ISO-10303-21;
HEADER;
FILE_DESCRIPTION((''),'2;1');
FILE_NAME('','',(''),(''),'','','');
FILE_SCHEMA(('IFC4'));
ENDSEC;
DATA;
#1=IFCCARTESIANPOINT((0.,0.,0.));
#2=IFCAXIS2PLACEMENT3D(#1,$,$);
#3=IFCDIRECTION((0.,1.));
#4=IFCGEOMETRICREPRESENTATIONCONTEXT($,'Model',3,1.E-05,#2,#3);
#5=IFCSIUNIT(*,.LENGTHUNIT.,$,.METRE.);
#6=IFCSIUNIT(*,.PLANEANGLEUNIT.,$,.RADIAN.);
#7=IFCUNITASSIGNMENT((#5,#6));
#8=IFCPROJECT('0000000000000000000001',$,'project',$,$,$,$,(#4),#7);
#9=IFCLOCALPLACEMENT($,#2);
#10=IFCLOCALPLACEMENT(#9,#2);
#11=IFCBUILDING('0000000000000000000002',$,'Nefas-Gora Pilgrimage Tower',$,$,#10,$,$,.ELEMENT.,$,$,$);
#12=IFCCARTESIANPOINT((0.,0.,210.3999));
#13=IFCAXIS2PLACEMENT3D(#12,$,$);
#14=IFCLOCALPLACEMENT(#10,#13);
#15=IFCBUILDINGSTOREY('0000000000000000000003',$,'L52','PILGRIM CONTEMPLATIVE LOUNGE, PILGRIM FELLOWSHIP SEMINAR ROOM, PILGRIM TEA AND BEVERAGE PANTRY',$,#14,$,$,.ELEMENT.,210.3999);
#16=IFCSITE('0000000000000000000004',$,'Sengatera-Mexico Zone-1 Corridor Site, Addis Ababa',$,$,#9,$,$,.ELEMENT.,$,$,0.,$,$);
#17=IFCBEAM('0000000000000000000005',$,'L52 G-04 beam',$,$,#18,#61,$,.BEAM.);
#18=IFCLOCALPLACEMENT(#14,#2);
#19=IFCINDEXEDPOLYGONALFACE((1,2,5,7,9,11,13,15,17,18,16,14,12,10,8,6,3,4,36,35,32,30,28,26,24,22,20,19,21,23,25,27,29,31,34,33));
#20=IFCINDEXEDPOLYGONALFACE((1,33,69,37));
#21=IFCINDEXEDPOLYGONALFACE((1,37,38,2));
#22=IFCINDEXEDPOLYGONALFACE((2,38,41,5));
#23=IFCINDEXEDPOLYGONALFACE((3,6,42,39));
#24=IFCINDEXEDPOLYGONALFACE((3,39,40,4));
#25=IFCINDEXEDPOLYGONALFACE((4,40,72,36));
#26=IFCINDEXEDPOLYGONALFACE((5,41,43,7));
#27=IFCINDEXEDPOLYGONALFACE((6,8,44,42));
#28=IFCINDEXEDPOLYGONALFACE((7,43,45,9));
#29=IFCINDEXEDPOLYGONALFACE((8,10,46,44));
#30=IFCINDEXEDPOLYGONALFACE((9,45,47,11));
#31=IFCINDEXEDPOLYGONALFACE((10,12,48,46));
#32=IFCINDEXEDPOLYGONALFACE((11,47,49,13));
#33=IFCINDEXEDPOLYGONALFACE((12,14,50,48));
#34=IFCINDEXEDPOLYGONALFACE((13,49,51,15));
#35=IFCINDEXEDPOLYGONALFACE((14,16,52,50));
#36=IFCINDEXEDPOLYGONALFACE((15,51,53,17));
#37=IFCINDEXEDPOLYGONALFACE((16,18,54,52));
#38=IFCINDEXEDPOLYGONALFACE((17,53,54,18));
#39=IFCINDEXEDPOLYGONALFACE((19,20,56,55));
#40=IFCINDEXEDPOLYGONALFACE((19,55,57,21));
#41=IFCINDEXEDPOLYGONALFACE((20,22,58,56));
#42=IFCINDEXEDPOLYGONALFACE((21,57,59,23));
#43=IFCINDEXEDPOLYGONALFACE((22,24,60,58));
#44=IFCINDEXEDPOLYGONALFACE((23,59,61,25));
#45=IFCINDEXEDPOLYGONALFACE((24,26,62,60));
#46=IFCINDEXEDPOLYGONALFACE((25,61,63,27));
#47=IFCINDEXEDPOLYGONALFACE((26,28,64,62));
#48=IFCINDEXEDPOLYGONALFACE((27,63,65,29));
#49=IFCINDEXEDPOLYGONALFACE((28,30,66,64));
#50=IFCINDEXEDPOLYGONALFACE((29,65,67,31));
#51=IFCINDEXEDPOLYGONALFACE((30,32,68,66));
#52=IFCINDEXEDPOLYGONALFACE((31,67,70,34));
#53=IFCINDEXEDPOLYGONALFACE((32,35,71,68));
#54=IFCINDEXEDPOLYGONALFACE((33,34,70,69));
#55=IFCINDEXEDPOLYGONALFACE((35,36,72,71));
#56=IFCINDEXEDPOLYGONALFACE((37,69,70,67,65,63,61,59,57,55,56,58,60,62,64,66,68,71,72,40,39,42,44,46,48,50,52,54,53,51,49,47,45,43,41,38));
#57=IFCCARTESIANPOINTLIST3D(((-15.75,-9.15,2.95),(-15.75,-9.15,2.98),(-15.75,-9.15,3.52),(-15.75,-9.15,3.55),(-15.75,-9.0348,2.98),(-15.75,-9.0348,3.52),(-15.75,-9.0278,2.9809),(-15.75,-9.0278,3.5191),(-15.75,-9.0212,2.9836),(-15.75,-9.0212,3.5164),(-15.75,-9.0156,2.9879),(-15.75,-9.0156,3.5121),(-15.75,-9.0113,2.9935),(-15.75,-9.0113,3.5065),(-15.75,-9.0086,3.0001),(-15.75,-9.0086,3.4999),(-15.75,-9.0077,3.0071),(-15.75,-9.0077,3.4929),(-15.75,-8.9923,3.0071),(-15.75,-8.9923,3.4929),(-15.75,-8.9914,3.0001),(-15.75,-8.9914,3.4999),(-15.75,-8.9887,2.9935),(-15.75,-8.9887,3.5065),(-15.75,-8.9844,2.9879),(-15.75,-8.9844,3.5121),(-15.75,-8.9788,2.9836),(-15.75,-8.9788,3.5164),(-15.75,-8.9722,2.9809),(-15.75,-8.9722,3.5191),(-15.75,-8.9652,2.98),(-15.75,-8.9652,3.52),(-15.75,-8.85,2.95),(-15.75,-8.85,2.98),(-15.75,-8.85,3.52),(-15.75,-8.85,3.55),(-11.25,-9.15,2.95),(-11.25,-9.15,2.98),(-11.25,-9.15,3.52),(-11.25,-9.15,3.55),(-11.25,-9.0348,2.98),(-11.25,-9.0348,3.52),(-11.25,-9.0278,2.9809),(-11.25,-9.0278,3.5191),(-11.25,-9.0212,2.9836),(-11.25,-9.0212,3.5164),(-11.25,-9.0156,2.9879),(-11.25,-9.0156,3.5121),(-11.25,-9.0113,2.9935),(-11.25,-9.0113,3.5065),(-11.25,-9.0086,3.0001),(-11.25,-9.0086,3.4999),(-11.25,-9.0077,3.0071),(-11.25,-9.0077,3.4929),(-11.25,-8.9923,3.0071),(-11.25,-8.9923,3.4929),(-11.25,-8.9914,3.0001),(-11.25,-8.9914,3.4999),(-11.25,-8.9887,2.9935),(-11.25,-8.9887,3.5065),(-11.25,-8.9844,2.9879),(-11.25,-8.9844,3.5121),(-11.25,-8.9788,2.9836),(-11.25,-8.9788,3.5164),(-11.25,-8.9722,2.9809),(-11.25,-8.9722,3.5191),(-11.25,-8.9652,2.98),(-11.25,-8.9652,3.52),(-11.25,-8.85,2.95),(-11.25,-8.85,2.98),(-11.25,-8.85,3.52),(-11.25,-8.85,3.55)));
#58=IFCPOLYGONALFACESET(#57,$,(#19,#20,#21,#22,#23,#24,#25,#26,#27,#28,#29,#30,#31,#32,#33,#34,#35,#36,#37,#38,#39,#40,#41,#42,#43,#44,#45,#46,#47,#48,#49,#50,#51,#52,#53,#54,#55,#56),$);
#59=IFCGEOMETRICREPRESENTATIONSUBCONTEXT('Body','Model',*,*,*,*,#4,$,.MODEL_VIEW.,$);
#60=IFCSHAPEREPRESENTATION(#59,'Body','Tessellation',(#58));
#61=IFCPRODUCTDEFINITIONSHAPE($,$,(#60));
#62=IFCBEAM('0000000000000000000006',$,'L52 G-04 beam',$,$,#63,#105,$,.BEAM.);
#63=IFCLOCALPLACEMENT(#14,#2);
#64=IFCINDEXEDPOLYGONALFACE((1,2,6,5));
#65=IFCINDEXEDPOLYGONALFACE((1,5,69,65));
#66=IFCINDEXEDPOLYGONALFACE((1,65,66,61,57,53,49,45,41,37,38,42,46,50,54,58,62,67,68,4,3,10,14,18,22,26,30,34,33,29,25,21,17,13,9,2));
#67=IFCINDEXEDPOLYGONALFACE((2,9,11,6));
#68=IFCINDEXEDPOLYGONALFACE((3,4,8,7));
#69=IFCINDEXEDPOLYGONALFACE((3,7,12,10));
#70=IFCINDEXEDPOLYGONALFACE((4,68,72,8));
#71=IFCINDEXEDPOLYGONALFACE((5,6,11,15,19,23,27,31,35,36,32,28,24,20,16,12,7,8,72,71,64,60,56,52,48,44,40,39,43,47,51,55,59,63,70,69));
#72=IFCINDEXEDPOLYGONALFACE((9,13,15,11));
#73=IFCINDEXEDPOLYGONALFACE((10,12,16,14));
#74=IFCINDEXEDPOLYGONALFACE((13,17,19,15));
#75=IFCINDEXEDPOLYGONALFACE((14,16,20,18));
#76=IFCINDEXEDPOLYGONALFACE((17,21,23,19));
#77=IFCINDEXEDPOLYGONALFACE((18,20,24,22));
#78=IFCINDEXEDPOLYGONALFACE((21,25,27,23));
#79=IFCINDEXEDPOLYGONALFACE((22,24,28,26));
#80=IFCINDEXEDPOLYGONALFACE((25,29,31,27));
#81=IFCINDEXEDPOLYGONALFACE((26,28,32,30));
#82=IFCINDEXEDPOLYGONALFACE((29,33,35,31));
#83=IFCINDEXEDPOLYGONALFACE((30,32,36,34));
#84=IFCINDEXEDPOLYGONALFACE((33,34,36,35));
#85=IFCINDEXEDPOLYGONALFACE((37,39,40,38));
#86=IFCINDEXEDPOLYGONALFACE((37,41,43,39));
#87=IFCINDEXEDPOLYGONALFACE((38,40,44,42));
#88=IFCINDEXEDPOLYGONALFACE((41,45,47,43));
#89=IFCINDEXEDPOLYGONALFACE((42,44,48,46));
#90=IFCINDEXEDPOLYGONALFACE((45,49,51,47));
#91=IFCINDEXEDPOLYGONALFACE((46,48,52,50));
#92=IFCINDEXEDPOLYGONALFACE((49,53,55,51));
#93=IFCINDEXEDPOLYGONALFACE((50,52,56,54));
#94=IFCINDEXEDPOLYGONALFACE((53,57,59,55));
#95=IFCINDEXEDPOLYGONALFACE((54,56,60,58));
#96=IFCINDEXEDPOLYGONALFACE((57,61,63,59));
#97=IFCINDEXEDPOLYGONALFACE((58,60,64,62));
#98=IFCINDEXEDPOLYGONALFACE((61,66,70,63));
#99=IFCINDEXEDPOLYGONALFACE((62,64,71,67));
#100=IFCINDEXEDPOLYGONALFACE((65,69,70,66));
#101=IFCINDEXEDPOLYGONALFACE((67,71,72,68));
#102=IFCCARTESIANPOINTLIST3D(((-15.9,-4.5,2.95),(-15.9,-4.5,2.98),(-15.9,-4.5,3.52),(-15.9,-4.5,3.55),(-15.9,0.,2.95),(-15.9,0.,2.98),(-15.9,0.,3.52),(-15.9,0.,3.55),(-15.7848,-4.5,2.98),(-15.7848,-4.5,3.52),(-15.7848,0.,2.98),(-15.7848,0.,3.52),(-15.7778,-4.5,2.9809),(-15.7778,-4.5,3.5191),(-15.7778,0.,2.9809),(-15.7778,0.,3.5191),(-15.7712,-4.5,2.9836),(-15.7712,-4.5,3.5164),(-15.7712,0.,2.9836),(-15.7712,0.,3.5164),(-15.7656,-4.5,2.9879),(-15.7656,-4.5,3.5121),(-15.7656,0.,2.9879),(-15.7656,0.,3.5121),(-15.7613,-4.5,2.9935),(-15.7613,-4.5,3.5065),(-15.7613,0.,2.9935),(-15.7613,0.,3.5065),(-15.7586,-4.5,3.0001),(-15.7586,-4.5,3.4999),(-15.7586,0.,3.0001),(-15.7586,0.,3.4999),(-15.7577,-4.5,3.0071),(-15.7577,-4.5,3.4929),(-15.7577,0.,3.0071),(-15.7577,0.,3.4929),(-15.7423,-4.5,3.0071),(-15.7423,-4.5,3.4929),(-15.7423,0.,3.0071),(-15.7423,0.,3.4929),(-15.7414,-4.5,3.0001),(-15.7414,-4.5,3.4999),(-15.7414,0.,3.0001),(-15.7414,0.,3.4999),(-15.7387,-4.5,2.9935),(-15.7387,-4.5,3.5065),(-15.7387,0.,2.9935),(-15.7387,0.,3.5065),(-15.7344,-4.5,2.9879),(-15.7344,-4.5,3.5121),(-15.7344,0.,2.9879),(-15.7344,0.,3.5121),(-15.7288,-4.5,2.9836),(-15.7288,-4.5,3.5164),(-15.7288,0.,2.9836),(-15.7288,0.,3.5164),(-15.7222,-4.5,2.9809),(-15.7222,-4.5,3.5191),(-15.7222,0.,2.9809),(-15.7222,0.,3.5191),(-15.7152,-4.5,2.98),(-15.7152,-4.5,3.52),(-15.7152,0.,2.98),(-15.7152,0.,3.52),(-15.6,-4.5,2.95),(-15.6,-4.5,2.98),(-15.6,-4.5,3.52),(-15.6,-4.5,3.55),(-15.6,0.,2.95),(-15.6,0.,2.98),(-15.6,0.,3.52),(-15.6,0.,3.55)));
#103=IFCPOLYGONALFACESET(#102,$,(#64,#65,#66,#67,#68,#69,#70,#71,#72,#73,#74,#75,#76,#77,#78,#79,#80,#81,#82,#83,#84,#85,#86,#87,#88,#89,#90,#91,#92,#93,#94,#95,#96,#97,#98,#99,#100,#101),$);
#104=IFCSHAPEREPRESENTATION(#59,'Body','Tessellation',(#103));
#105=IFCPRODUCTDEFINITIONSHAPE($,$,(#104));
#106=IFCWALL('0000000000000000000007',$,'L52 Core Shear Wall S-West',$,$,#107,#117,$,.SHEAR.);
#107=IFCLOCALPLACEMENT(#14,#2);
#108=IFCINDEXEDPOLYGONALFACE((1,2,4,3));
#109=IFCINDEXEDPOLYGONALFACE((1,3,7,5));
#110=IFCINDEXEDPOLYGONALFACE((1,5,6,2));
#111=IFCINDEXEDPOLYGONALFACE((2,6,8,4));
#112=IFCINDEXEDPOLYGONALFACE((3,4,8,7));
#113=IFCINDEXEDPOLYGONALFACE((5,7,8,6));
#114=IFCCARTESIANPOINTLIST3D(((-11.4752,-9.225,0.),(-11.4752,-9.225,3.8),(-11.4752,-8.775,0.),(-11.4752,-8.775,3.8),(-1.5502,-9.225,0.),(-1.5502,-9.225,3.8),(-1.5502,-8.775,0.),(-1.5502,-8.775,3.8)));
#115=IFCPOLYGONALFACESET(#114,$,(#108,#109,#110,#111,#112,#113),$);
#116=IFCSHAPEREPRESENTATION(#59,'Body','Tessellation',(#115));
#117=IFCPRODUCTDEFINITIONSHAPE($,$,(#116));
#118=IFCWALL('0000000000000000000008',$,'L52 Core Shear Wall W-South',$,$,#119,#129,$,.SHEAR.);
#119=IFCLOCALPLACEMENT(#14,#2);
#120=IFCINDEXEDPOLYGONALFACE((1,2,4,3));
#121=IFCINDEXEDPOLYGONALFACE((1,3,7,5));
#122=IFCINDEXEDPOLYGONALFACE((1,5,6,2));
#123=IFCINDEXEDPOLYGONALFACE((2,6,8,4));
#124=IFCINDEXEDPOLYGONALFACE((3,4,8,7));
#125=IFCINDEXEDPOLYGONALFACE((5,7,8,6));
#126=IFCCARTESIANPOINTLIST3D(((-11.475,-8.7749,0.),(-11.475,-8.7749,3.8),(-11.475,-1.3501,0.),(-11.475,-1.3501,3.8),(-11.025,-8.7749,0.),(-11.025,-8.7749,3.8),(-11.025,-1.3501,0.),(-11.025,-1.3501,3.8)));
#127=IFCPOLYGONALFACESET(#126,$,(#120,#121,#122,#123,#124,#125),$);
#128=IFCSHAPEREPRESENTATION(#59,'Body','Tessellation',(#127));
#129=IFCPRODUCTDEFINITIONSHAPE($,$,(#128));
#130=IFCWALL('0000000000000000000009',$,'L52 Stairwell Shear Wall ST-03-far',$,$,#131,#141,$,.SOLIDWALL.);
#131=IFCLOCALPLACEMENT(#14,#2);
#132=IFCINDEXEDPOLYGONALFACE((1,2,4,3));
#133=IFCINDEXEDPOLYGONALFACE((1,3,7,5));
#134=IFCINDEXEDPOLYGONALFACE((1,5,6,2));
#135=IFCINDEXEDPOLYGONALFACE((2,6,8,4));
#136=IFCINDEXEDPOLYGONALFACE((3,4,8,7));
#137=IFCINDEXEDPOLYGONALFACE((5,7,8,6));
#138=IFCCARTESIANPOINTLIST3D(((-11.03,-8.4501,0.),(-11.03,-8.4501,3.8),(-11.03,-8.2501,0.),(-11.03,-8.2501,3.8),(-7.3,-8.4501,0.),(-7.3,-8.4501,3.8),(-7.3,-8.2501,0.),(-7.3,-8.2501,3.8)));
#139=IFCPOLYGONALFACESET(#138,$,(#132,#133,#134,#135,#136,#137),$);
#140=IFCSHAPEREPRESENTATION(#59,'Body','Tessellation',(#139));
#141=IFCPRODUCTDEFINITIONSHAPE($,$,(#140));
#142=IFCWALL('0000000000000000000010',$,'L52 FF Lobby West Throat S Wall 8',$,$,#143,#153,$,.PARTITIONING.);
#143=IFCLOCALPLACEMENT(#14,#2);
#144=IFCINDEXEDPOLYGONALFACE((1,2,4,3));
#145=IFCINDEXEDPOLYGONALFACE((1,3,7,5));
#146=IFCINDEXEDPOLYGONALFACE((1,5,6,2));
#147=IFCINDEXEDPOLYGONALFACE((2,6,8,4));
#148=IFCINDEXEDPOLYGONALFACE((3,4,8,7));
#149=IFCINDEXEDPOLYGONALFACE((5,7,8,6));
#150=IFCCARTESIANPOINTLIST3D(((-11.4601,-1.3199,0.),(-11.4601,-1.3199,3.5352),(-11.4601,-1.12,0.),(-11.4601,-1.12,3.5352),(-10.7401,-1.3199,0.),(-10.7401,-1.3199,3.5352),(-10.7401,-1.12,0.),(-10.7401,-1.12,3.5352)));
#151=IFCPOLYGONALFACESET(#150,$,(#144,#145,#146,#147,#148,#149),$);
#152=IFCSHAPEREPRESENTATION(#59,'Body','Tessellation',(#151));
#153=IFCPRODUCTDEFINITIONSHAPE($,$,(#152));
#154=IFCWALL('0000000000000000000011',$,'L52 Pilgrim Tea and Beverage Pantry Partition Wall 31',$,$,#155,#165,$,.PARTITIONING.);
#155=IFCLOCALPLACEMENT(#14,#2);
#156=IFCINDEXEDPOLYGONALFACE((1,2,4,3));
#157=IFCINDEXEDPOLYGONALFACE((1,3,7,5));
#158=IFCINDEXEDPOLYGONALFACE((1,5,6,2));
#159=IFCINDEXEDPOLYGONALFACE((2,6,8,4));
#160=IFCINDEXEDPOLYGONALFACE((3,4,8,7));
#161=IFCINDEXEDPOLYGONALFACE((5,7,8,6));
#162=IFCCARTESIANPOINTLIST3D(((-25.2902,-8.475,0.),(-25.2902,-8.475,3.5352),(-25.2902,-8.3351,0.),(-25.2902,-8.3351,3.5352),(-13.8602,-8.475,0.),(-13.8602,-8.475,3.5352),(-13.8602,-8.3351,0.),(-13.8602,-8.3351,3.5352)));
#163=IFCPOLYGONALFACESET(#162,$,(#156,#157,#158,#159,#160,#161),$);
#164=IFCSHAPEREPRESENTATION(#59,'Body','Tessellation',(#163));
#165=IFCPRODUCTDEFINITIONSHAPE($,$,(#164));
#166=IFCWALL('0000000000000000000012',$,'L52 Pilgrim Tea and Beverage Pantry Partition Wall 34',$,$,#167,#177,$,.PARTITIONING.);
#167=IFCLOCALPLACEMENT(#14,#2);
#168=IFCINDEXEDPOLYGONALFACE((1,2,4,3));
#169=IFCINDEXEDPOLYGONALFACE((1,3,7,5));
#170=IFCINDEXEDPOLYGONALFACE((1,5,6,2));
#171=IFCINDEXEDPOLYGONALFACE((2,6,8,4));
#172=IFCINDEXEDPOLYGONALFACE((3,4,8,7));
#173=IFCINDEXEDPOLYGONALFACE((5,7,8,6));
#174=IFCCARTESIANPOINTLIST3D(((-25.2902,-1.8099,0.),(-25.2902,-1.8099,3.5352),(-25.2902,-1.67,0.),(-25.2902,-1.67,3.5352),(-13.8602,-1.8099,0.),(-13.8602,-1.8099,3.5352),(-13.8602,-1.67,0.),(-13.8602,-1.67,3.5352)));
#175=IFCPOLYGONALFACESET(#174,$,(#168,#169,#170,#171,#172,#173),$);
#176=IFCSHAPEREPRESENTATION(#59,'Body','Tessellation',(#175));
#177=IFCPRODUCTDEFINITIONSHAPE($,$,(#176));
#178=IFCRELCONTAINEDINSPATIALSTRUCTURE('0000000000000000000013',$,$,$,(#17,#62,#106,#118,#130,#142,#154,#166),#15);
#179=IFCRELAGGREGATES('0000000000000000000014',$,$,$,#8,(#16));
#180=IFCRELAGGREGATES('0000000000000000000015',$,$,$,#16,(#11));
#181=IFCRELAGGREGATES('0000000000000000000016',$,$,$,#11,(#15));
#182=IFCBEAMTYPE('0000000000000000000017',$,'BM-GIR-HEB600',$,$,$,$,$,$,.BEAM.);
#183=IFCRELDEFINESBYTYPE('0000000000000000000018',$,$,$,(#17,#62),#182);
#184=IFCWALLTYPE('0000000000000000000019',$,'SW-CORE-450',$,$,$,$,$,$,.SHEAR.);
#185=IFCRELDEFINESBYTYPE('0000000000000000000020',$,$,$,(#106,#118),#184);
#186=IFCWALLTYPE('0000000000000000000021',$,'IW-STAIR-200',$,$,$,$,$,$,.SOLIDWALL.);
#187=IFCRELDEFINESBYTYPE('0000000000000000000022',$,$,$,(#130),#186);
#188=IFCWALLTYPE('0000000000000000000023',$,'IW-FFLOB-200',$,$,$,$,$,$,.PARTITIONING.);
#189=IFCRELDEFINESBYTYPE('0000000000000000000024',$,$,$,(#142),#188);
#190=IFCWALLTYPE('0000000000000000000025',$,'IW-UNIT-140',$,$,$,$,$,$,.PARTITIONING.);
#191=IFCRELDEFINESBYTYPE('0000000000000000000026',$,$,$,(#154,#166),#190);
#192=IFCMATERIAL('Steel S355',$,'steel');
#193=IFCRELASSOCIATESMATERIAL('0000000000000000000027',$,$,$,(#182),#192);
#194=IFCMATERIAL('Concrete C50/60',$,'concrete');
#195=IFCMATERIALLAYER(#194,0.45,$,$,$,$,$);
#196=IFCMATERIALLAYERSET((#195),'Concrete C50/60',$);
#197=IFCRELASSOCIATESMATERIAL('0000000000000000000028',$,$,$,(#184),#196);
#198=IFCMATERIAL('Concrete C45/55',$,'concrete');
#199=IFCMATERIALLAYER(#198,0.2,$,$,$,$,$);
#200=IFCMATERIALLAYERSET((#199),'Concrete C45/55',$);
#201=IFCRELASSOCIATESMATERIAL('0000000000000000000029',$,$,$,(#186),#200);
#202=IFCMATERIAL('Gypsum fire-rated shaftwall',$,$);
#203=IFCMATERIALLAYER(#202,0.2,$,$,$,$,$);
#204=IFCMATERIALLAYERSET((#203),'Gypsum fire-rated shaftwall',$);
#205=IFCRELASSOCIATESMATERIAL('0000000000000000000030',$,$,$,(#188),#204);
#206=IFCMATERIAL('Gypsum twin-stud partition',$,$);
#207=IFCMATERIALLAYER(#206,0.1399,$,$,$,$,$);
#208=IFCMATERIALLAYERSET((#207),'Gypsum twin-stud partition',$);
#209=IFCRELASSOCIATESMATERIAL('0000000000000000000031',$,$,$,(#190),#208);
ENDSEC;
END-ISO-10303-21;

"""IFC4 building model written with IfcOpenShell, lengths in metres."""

from ifc_helpers import new_model, si_unit, direction, frame, frame_2d, origin, origin_2d, place, context, subcontext, project, spatial, rectangle, i_section, extrude, source, transform, mapped, material, layer, layer_set, material_profile, profile_set, type_object, element, save


model = new_model("IFC4")

# Units and contexts
model_context = context("Model", 3, precision=1e-05, world=origin(), true_north=direction((0.0, 1.0)))
body_context = subcontext(model_context, "Body", "Model", "MODEL_VIEW")
ifc_project = project(units=[si_unit("LENGTHUNIT", "METRE"), si_unit("PLANEANGLEUNIT", "RADIAN")], contexts=[model_context])

# Site, building, storey
site_placement = place(None, origin())
site = spatial("IfcSite", under=ifc_project, at=site_placement, Name="Sengatera-Mexico Zone-1 Corridor Site, Addis Ababa", CompositionType="ELEMENT", RefElevation=0.0)
building_placement = place(site_placement, origin())
building = spatial("IfcBuilding", under=site, at=building_placement, Name="Nefas-Gora Pilgrimage Tower", CompositionType="ELEMENT")
storey_placement = place(building_placement, frame((0.0, 0.0, 210.3999)))
storey = spatial("IfcBuildingStorey", under=building, at=storey_placement, Name="L52", Description="PILGRIM CONTEMPLATIVE LOUNGE, PILGRIM FELLOWSHIP SEMINAR ROOM, PILGRIM TEA AND BEVERAGE PANTRY", CompositionType="ELEMENT", Elevation=210.3999)

# Beams
ifc_material_1 = material(Name="Concrete C50/60", Category="concrete")
ifc_material_2 = material(Name="Steel S355", Category="steel")
ifc_material_profile_1 = material_profile(ifc_material_2, i_section(OverallWidth=0.3, OverallDepth=0.6001, WebThickness=0.0154, FlangeThickness=0.03, FilletRadius=0.0271, at=origin_2d()), Name="HEB 600")
ifc_profile_set_1 = profile_set([ifc_material_profile_1], Name="Steel S355")
beam_type_1 = type_object("IfcBeamType", Name="BM-GIR-HEB600", PredefinedType="BEAM", material=ifc_profile_set_1)
shared_shape_1 = source(origin(), body_context, "Body", "SweptSolid", [
    extrude(i_section(OverallWidth=0.3, OverallDepth=0.6001, WebThickness=0.0154, FlangeThickness=0.03, FilletRadius=0.0271, at=origin_2d()), origin(), (0.0, 0.0, 1.0), 4.5),
])
for number, where, z_axis, x_axis, name in (
    (1, (-15.75, -9.0, 3.25), (1.0, 0.0, 0.0), (0.0, 1.0, 0.0), "L52 G-04 beam"),
    (2, (-15.75, -4.5, 3.25), (0.0, 1.0, 0.0), (-1.0, 0.0, 0.0), "L52 G-04 beam"),
):
    element("IfcBeam", number, at=place(storey_placement, frame(where, z_axis=z_axis, x_axis=x_axis)), inside=storey, type_object=beam_type_1, Name=name, PredefinedType="BEAM", context=body_context, shape_type="MappedRepresentation", body=[
        mapped(shared_shape_1, transform((0.0, 0.0, 0.0), x_axis=(1.0, 0.0, 0.0), y_axis=(0.0, 1.0, 0.0), z_axis=(0.0, 0.0, 1.0), scale=1.0)),
    ])

# Walls
ifc_layer_1 = layer(ifc_material_1, 0.45)
ifc_layer_set_1 = layer_set([ifc_layer_1], Name="Concrete C50/60")
wall_type_1 = type_object("IfcWallType", Name="SW-CORE-450", PredefinedType="SHEAR", material=ifc_layer_set_1)
shared_shape_2 = source(origin(), body_context, "Body", "SweptSolid", [
    extrude(rectangle(XDim=9.925, YDim=0.45, at=frame_2d((4.9624, 0.0))), origin(), (0.0, 0.0, 1.0), 3.8),
])
wall_1_placement = place(storey_placement, frame((-11.4751, -9.0, 0.0), z_axis=(0.0, 0.0, 1.0), x_axis=(1.0, 0.0, 0.0)))
element("IfcWall", 3, at=wall_1_placement, inside=storey, type_object=wall_type_1, Name="L52 Core Shear Wall S-West", PredefinedType="SHEAR", context=body_context, shape_type="MappedRepresentation", body=[
    mapped(shared_shape_2, transform((0.0, 0.0, 0.0), x_axis=(1.0, 0.0, 0.0), y_axis=(0.0, 1.0, 0.0), z_axis=(0.0, 0.0, 1.0), scale=1.0)),
])
shared_shape_3 = source(origin(), body_context, "Body", "SweptSolid", [
    extrude(rectangle(XDim=7.4248, YDim=0.45, at=frame_2d((3.7124, 0.0))), origin(), (0.0, 0.0, 1.0), 3.8),
])
wall_2_placement = place(storey_placement, frame((-11.25, -8.7749, 0.0), z_axis=(0.0, 0.0, 1.0), x_axis=(0.0, 1.0, 0.0)))
element("IfcWall", 4, at=wall_2_placement, inside=storey, type_object=wall_type_1, Name="L52 Core Shear Wall W-South", PredefinedType="SHEAR", context=body_context, shape_type="MappedRepresentation", body=[
    mapped(shared_shape_3, transform((0.0, 0.0, 0.0), x_axis=(1.0, 0.0, 0.0), y_axis=(0.0, 1.0, 0.0), z_axis=(0.0, 0.0, 1.0), scale=1.0)),
])
ifc_material_3 = material(Name="Concrete C45/55", Category="concrete")
ifc_layer_2 = layer(ifc_material_3, 0.2)
ifc_layer_set_2 = layer_set([ifc_layer_2], Name="Concrete C45/55")
wall_type_2 = type_object("IfcWallType", Name="IW-STAIR-200", PredefinedType="SOLIDWALL", material=ifc_layer_set_2)
shared_shape_4 = source(origin(), body_context, "Body", "SweptSolid", [
    extrude(rectangle(XDim=3.73, YDim=0.2, at=frame_2d((1.865, 0.0))), origin(), (0.0, 0.0, 1.0), 3.8),
])
wall_3_placement = place(storey_placement, frame((-11.03, -8.3501, 0.0), z_axis=(0.0, 0.0, 1.0), x_axis=(1.0, 0.0, 0.0)))
element("IfcWall", 5, at=wall_3_placement, inside=storey, type_object=wall_type_2, Name="L52 Stairwell Shear Wall ST-03-far", PredefinedType="SOLIDWALL", context=body_context, shape_type="MappedRepresentation", body=[
    mapped(shared_shape_4, transform((0.0, 0.0, 0.0), x_axis=(1.0, 0.0, 0.0), y_axis=(0.0, 1.0, 0.0), z_axis=(0.0, 0.0, 1.0), scale=1.0)),
])
ifc_material_4 = material(Name="Gypsum fire-rated shaftwall")
ifc_layer_3 = layer(ifc_material_4, 0.2)
ifc_layer_set_3 = layer_set([ifc_layer_3], Name="Gypsum fire-rated shaftwall")
wall_type_3 = type_object("IfcWallType", Name="IW-FFLOB-200", PredefinedType="PARTITIONING", material=ifc_layer_set_3)
shared_shape_5 = source(origin(), body_context, "Body", "SweptSolid", [
    extrude(rectangle(XDim=0.72, YDim=0.2, at=frame_2d((0.3599, 0.0))), origin(), (0.0, 0.0, 1.0), 3.5352),
])
wall_4_placement = place(storey_placement, frame((-11.46, -1.22, 0.0), z_axis=(0.0, 0.0, 1.0), x_axis=(1.0, 0.0, 0.0)))
element("IfcWall", 6, at=wall_4_placement, inside=storey, type_object=wall_type_3, Name="L52 FF Lobby West Throat S Wall 8", PredefinedType="PARTITIONING", context=body_context, shape_type="MappedRepresentation", body=[
    mapped(shared_shape_5, transform((0.0, 0.0, 0.0), x_axis=(1.0, 0.0, 0.0), y_axis=(0.0, 1.0, 0.0), z_axis=(0.0, 0.0, 1.0), scale=1.0)),
])
ifc_material_5 = material(Name="Gypsum twin-stud partition")
ifc_layer_4 = layer(ifc_material_5, 0.1399)
ifc_layer_set_4 = layer_set([ifc_layer_4], Name="Gypsum twin-stud partition")
wall_type_4 = type_object("IfcWallType", Name="IW-UNIT-140", PredefinedType="PARTITIONING", material=ifc_layer_set_4)
shared_shape_6 = source(origin(), body_context, "Body", "SweptSolid", [
    extrude(rectangle(XDim=11.4299, YDim=0.1399, at=frame_2d((5.7148, 0.0))), origin(), (0.0, 0.0, 1.0), 3.5352),
])
for number, where, z_axis, x_axis, name in (
    (7, (-25.29, -8.405, 0.0), (0.0, 0.0, 1.0), (1.0, 0.0, 0.0), "L52 Pilgrim Tea and Beverage Pantry Partition Wall 31"),
    (8, (-25.29, -1.74, 0.0), (0.0, 0.0, 1.0), (1.0, 0.0, 0.0), "L52 Pilgrim Tea and Beverage Pantry Partition Wall 34"),
):
    element("IfcWall", number, at=place(storey_placement, frame(where, z_axis=z_axis, x_axis=x_axis)), inside=storey, type_object=wall_type_4, Name=name, PredefinedType="PARTITIONING", context=body_context, shape_type="MappedRepresentation", body=[
        mapped(shared_shape_6, transform((0.0, 0.0, 0.0), x_axis=(1.0, 0.0, 0.0), y_axis=(0.0, 1.0, 0.0), z_axis=(0.0, 0.0, 1.0), scale=1.0)),
    ])

save(model, "model.ifc")
